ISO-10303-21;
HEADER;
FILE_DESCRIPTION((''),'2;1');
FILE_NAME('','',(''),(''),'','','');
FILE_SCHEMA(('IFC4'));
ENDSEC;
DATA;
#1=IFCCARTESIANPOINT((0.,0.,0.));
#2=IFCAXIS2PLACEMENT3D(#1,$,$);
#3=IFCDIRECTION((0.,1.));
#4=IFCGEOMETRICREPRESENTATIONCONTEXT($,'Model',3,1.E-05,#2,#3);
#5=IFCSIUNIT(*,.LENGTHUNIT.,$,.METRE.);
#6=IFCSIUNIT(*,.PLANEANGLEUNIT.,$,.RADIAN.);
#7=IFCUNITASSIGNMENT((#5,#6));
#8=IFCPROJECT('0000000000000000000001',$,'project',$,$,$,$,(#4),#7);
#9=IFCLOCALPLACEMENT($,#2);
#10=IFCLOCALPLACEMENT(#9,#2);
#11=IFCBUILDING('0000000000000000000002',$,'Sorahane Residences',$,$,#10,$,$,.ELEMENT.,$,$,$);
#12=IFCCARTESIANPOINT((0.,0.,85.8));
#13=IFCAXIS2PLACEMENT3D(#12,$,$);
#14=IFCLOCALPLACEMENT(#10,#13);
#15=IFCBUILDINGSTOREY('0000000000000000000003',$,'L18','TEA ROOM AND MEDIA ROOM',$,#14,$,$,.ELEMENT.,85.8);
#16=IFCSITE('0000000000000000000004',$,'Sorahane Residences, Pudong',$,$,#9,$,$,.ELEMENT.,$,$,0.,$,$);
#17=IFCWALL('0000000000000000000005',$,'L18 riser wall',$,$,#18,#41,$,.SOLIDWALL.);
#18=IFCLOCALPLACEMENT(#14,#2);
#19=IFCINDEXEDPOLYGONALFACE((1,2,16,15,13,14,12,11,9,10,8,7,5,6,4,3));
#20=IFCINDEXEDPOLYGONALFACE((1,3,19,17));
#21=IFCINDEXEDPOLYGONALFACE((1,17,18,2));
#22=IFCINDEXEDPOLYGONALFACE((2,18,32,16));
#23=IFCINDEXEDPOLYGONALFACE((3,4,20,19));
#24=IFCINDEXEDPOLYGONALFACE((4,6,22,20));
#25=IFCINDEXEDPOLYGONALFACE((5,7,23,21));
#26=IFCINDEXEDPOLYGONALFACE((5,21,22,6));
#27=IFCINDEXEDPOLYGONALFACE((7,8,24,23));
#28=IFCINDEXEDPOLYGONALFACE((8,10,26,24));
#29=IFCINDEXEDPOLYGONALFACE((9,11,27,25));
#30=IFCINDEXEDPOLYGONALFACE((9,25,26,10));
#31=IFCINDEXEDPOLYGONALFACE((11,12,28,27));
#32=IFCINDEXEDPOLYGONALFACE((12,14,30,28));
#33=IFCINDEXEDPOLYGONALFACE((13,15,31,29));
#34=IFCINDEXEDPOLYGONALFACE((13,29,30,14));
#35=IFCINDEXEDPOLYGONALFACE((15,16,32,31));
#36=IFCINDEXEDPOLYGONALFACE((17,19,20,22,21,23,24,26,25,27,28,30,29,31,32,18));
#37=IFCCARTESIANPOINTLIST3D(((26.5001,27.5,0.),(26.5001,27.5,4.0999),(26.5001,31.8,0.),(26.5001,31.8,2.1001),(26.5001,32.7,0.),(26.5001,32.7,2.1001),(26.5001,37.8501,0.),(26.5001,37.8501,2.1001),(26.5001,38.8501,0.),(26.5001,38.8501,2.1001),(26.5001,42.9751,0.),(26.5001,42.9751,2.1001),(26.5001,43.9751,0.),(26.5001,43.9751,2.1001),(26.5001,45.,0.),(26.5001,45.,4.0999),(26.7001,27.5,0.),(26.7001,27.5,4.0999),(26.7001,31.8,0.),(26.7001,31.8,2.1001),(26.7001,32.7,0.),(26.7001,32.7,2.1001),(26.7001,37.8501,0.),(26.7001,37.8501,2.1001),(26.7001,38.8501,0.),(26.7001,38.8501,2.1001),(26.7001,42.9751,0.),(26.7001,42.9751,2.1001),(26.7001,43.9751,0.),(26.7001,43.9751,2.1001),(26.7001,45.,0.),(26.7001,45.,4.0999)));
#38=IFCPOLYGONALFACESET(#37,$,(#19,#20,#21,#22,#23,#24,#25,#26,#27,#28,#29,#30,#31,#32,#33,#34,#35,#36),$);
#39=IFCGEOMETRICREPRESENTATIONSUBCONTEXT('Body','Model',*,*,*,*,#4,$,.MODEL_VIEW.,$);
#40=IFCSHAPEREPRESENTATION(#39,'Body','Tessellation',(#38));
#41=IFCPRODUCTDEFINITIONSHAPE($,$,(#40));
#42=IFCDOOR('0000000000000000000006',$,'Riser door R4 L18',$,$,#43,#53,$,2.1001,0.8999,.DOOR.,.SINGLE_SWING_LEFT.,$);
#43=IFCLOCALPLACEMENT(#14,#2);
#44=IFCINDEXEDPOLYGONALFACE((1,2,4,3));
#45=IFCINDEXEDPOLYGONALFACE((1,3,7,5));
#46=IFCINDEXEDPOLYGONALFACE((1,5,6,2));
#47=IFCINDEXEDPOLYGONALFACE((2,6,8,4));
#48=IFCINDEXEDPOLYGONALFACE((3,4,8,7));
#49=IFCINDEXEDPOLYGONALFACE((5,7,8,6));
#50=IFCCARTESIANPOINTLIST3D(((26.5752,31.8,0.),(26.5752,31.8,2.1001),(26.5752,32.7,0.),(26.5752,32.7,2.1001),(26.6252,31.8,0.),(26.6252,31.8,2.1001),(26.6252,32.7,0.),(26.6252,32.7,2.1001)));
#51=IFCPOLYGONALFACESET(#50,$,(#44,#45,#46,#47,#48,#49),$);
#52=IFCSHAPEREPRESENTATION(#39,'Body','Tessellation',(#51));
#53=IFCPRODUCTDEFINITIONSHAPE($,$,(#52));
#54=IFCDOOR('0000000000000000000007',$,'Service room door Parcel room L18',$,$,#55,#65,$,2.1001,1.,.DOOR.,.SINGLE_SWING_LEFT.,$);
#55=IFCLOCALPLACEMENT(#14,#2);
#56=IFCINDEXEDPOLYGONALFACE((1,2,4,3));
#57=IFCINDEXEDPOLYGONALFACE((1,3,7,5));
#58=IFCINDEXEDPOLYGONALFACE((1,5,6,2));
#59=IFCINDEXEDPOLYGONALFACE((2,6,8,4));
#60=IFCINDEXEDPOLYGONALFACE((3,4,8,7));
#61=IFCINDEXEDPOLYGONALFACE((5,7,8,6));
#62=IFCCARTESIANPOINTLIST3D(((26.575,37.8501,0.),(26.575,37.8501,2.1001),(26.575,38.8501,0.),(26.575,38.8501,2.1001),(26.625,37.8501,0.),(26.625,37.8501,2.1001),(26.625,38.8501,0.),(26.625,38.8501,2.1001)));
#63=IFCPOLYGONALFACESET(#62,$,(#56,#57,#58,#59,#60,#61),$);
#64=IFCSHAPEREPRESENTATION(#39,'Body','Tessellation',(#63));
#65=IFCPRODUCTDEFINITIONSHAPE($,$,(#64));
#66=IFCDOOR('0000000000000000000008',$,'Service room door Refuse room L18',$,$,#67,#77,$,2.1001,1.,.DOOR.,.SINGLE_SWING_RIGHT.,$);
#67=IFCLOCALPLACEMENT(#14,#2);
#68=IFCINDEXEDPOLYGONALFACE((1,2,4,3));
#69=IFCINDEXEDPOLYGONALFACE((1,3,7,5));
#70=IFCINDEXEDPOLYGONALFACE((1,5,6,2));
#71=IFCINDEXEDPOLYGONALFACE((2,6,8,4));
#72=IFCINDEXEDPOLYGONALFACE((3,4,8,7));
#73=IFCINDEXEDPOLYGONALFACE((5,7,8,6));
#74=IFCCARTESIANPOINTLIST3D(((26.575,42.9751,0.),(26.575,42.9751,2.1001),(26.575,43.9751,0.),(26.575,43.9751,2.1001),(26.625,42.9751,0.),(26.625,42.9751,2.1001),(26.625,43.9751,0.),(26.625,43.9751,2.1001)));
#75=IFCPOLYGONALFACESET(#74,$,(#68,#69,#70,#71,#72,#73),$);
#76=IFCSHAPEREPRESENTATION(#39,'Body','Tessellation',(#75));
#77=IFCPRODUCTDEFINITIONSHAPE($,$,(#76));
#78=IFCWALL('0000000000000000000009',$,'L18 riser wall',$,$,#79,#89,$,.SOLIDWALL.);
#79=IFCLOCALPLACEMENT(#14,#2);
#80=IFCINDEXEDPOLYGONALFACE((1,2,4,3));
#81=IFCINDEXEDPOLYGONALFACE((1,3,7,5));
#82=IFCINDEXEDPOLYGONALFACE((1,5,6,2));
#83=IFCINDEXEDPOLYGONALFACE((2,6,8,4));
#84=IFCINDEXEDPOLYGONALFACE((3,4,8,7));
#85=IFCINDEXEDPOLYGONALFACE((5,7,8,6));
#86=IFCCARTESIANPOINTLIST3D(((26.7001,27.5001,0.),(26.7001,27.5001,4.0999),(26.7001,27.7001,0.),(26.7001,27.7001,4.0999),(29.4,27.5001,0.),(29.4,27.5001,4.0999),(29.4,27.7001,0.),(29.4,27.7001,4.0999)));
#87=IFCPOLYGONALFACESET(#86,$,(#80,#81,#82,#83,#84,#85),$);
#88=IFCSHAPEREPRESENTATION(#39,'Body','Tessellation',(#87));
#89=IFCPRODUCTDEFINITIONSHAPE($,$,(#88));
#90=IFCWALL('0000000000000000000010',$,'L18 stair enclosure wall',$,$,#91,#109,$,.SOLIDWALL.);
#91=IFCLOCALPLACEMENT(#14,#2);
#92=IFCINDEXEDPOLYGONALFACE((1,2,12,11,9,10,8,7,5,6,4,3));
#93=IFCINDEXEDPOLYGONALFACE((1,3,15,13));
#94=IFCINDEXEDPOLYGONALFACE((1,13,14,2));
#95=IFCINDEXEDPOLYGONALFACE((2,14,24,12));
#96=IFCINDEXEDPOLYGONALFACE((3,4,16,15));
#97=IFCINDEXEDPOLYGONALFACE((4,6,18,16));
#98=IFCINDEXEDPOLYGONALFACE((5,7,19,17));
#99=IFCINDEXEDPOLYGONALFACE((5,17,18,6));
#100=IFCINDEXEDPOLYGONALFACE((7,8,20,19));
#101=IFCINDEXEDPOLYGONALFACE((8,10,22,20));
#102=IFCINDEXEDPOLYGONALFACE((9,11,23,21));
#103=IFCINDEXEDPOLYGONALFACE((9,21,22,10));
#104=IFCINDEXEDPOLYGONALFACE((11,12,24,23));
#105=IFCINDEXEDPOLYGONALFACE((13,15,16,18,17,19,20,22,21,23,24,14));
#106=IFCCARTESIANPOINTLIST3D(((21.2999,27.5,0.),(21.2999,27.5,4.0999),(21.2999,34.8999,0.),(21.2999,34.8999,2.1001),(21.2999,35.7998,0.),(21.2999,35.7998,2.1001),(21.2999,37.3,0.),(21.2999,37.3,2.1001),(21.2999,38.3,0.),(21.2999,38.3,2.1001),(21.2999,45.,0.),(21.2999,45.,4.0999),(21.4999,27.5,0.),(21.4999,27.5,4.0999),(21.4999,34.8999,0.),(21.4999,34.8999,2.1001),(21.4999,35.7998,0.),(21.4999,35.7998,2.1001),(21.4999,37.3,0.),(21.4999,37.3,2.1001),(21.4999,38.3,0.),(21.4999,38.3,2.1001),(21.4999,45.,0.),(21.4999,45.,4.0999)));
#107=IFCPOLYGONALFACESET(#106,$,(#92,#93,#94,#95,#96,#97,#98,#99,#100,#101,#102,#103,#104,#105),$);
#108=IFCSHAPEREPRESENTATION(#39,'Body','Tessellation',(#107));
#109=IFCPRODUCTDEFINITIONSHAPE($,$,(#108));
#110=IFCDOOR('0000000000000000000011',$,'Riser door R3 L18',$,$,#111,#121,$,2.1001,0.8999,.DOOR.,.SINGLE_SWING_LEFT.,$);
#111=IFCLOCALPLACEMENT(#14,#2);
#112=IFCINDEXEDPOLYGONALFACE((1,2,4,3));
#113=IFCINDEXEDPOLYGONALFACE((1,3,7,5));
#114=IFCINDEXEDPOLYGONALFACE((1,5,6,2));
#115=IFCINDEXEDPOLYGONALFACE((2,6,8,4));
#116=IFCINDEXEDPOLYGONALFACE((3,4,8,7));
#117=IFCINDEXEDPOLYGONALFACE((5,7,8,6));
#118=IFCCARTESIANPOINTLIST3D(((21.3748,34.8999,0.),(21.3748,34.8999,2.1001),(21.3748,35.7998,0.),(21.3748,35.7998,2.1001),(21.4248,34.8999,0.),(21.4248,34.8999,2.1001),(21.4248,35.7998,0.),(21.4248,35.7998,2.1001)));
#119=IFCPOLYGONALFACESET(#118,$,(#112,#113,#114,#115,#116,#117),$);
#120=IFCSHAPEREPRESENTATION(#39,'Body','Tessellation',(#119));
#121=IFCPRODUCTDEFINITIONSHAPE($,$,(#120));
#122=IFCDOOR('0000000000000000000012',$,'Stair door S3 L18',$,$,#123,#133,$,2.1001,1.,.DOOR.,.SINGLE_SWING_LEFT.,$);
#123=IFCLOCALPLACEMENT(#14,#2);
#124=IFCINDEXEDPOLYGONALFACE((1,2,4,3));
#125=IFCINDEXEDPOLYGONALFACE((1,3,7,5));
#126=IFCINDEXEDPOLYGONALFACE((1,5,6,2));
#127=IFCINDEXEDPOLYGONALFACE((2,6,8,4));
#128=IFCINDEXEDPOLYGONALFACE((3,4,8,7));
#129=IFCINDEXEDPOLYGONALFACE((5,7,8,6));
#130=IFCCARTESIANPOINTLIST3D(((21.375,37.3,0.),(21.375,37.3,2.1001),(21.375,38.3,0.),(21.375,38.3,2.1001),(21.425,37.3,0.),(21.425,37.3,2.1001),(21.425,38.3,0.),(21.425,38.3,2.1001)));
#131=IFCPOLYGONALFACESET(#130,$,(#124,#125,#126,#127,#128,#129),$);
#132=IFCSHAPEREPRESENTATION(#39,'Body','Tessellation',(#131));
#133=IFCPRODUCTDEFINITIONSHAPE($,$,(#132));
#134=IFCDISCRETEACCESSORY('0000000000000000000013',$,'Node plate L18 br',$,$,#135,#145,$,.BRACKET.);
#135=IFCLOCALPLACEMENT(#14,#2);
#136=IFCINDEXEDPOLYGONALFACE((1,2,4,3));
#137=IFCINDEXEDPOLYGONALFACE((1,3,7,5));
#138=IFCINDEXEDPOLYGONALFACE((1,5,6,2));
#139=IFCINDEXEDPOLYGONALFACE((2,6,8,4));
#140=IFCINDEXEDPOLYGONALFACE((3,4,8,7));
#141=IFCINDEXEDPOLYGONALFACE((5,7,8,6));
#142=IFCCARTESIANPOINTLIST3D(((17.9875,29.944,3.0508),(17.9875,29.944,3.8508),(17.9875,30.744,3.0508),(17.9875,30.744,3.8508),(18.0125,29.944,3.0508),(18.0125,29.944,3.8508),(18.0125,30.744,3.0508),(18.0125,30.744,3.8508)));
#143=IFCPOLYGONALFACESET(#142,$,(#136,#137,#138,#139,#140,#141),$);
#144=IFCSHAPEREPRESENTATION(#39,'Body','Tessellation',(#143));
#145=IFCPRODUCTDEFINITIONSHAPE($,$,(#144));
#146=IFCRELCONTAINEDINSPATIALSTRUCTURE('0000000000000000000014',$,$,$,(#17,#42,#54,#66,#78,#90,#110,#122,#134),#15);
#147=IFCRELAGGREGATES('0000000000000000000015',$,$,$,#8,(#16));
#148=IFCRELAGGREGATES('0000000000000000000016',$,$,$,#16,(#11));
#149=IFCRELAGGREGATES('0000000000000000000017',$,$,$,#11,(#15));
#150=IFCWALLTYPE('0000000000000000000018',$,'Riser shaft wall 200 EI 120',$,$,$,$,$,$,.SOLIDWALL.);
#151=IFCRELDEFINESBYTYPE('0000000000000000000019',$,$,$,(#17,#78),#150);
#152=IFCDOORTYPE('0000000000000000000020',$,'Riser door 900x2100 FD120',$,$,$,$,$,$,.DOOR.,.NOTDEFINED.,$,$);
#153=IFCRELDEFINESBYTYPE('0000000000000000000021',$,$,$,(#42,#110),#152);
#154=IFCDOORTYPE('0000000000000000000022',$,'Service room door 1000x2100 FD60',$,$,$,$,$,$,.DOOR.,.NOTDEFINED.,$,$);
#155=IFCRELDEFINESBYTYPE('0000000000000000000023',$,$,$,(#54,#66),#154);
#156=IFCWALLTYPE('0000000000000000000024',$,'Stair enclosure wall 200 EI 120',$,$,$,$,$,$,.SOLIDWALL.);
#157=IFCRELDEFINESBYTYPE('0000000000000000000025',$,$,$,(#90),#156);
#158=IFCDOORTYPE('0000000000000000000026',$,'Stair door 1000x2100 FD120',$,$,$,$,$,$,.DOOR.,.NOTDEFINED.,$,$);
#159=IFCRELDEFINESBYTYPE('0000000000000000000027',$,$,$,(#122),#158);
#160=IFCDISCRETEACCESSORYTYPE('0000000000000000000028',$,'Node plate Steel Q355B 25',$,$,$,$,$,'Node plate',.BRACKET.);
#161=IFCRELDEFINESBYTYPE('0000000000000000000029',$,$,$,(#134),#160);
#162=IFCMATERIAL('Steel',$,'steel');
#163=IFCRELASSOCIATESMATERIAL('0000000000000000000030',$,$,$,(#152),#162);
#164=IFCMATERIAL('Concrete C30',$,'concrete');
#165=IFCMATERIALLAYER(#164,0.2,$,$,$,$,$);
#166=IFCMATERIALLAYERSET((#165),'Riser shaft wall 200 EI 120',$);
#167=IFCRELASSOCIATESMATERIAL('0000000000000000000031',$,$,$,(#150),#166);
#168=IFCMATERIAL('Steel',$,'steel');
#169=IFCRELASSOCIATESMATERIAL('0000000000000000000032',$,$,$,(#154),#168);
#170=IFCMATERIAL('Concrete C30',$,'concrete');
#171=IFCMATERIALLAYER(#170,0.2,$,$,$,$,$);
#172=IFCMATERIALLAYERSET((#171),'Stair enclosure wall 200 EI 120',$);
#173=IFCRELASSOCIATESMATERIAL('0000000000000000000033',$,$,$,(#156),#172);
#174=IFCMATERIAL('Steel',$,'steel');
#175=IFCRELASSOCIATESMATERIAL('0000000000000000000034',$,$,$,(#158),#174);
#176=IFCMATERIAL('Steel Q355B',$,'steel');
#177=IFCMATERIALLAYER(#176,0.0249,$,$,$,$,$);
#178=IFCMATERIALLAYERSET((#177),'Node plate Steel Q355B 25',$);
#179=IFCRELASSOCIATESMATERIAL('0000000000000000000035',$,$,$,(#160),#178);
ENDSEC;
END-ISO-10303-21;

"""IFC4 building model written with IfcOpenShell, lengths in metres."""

from ifc_helpers import new_model, si_unit, direction, frame, frame_2d, origin, origin_2d, place, context, subcontext, project, spatial, rectangle, extrude, material, layer, layer_set, type_object, element, fill, save


model = new_model("IFC4")

# Units and contexts
model_context = context("Model", 3, precision=1e-05, world=origin(), true_north=direction((0.0, 1.0)))
body_context = subcontext(model_context, "Body", "Model", "MODEL_VIEW")
ifc_project = project(units=[si_unit("LENGTHUNIT", "METRE"), si_unit("PLANEANGLEUNIT", "RADIAN")], contexts=[model_context])

# Site, building, storey
site_placement = place(None, origin())
site = spatial("IfcSite", under=ifc_project, at=site_placement, Name="Sorahane Residences, Pudong", CompositionType="ELEMENT", RefElevation=0.0)
building_placement = place(site_placement, origin())
building = spatial("IfcBuilding", under=site, at=building_placement, Name="Sorahane Residences", CompositionType="ELEMENT")
storey_placement = place(building_placement, frame((0.0, 0.0, 85.8)))
storey = spatial("IfcBuildingStorey", under=building, at=storey_placement, Name="L18", Description="TEA ROOM AND MEDIA ROOM", CompositionType="ELEMENT", Elevation=85.8)

# Shared definitions
ifc_material_1 = material(Name="Steel", Category="steel")
door_type_1 = type_object("IfcDoorType", Name="Riser door 900x2100 FD120", OperationType="NOTDEFINED", PredefinedType="DOOR", material=ifc_material_1)

# Wall, openings, doors
ifc_material_2 = material(Name="Concrete C30", Category="concrete")
ifc_layer_1 = layer(ifc_material_2, 0.2)
ifc_layer_set_1 = layer_set([ifc_layer_1], Name="Riser shaft wall 200 EI 120")
wall_type_1 = type_object("IfcWallType", Name="Riser shaft wall 200 EI 120", PredefinedType="SOLIDWALL", material=ifc_layer_set_1)
wall_1_placement = place(storey_placement, frame((26.6001, 27.5, 0.0), z_axis=(0.0, 0.0, 1.0), x_axis=(0.0, 1.0, 0.0)))
wall_1 = element("IfcWall", 1, at=wall_1_placement, inside=storey, type_object=wall_type_1, Name="L18 riser wall", PredefinedType="SOLIDWALL", context=body_context, shape_type="SweptSolid", body=[
    extrude(rectangle(XDim=17.5, YDim=0.2, at=frame_2d((8.75, 0.0))), origin(), (0.0, 0.0, 1.0), 4.0999),
])
opening_1_placement = place(wall_1_placement, frame((4.3, 0.0, 0.0)))
opening_1 = element("IfcOpeningElement", 2, at=opening_1_placement, cuts=wall_1, PredefinedType="OPENING", context=body_context, shape_type="SweptSolid", body=[
    extrude(rectangle(XDim=0.8999, YDim=2.1001, at=frame_2d((0.45, 1.05))), frame((0.0, 0.1099, 0.0), z_axis=(0.0, -1.0, 0.0), x_axis=(1.0, 0.0, 0.0)), (0.0, 0.0, 1.0), 0.22),
])
opening_2_placement = place(wall_1_placement, frame((10.3501, 0.0, 0.0)))
opening_2 = element("IfcOpeningElement", 3, at=opening_2_placement, cuts=wall_1, PredefinedType="OPENING", context=body_context, shape_type="SweptSolid", body=[
    extrude(rectangle(XDim=1.0, YDim=2.1001, at=frame_2d((0.5, 1.05))), frame((0.0, 0.1099, 0.0), z_axis=(0.0, -1.0, 0.0), x_axis=(1.0, 0.0, 0.0)), (0.0, 0.0, 1.0), 0.22),
])
opening_3_placement = place(wall_1_placement, frame((15.4751, 0.0, 0.0)))
opening_3 = element("IfcOpeningElement", 4, at=opening_3_placement, cuts=wall_1, PredefinedType="OPENING", context=body_context, shape_type="SweptSolid", body=[
    extrude(rectangle(XDim=1.0, YDim=2.1001, at=frame_2d((0.5, 1.05))), frame((0.0, 0.1099, 0.0), z_axis=(0.0, -1.0, 0.0), x_axis=(1.0, 0.0, 0.0)), (0.0, 0.0, 1.0), 0.22),
])
door_1_placement = place(opening_1_placement, origin())
door_1 = element("IfcDoor", 5, at=door_1_placement, inside=storey, type_object=door_type_1, Name="Riser door R4 L18", OperationType="SINGLE_SWING_LEFT", OverallHeight=2.1001, OverallWidth=0.8999, PredefinedType="DOOR", context=body_context, shape_type="SweptSolid", body=[
    extrude(rectangle(XDim=0.8999, YDim=2.1001, at=frame_2d((0.45, 1.05))), frame((0.0, 0.0249, 0.0), z_axis=(0.0, -1.0, 0.0), x_axis=(1.0, 0.0, 0.0)), (0.0, 0.0, 1.0), 0.05),
])
fill(opening_1, door_1)
ifc_material_3 = material(Name="Steel", Category="steel")
door_type_2 = type_object("IfcDoorType", Name="Service room door 1000x2100 FD60", OperationType="NOTDEFINED", PredefinedType="DOOR", material=ifc_material_3)
door_2_placement = place(opening_2_placement, frame((1.0, 0.0, 0.0), z_axis=(0.0, 0.0, 1.0), x_axis=(-1.0, 0.0, 0.0)))
door_2 = element("IfcDoor", 6, at=door_2_placement, inside=storey, type_object=door_type_2, Name="Service room door Parcel room L18", OperationType="SINGLE_SWING_LEFT", OverallHeight=2.1001, OverallWidth=1.0, PredefinedType="DOOR", context=body_context, shape_type="SweptSolid", body=[
    extrude(rectangle(XDim=1.0, YDim=2.1001, at=frame_2d((0.5, 1.05))), frame((0.0, 0.0249, 0.0), z_axis=(0.0, -1.0, 0.0), x_axis=(1.0, 0.0, 0.0)), (0.0, 0.0, 1.0), 0.05),
])
fill(opening_2, door_2)
door_3_placement = place(opening_3_placement, frame((1.0, 0.0, 0.0), z_axis=(0.0, 0.0, 1.0), x_axis=(-1.0, 0.0, 0.0)))
door_3 = element("IfcDoor", 7, at=door_3_placement, inside=storey, type_object=door_type_2, Name="Service room door Refuse room L18", OperationType="SINGLE_SWING_RIGHT", OverallHeight=2.1001, OverallWidth=1.0, PredefinedType="DOOR", context=body_context, shape_type="SweptSolid", body=[
    extrude(rectangle(XDim=1.0, YDim=2.1001, at=frame_2d((0.5, 1.05))), frame((0.0, 0.0249, 0.0), z_axis=(0.0, -1.0, 0.0), x_axis=(1.0, 0.0, 0.0)), (0.0, 0.0, 1.0), 0.05),
])
fill(opening_3, door_3)

# Wall
wall_2_placement = place(storey_placement, frame((26.7, 27.6001, 0.0), z_axis=(0.0, 0.0, 1.0), x_axis=(1.0, 0.0, 0.0)))
element("IfcWall", 8, at=wall_2_placement, inside=storey, type_object=wall_type_1, Name="L18 riser wall", PredefinedType="SOLIDWALL", context=body_context, shape_type="SweptSolid", body=[
    extrude(rectangle(XDim=2.7, YDim=0.2, at=frame_2d((1.3501, 0.0))), origin(), (0.0, 0.0, 1.0), 4.0999),
])

# Wall, openings, doors
ifc_material_4 = material(Name="Concrete C30", Category="concrete")
ifc_layer_2 = layer(ifc_material_4, 0.2)
ifc_layer_set_2 = layer_set([ifc_layer_2], Name="Stair enclosure wall 200 EI 120")
wall_type_2 = type_object("IfcWallType", Name="Stair enclosure wall 200 EI 120", PredefinedType="SOLIDWALL", material=ifc_layer_set_2)
wall_3_placement = place(storey_placement, frame((21.3999, 27.5, 0.0), z_axis=(0.0, 0.0, 1.0), x_axis=(0.0, 1.0, 0.0)))
wall_3 = element("IfcWall", 9, at=wall_3_placement, inside=storey, type_object=wall_type_2, Name="L18 stair enclosure wall", PredefinedType="SOLIDWALL", context=body_context, shape_type="SweptSolid", body=[
    extrude(rectangle(XDim=17.5, YDim=0.2, at=frame_2d((8.75, 0.0))), origin(), (0.0, 0.0, 1.0), 4.0999),
])
opening_4_placement = place(wall_3_placement, frame((9.8, 0.0, 0.0)))
opening_4 = element("IfcOpeningElement", 10, at=opening_4_placement, cuts=wall_3, PredefinedType="OPENING", context=body_context, shape_type="SweptSolid", body=[
    extrude(rectangle(XDim=1.0, YDim=2.1001, at=frame_2d((0.5, 1.05))), frame((0.0, 0.1099, 0.0), z_axis=(0.0, -1.0, 0.0), x_axis=(1.0, 0.0, 0.0)), (0.0, 0.0, 1.0), 0.22),
])
opening_5_placement = place(wall_3_placement, frame((7.3999, 0.0, 0.0)))
opening_5 = element("IfcOpeningElement", 11, at=opening_5_placement, cuts=wall_3, PredefinedType="OPENING", context=body_context, shape_type="SweptSolid", body=[
    extrude(rectangle(XDim=0.8999, YDim=2.1001, at=frame_2d((0.45, 1.05))), frame((0.0, 0.1099, 0.0), z_axis=(0.0, -1.0, 0.0), x_axis=(1.0, 0.0, 0.0)), (0.0, 0.0, 1.0), 0.22),
])
door_4_placement = place(opening_5_placement, frame((0.8999, 0.0, 0.0), z_axis=(0.0, 0.0, 1.0), x_axis=(-1.0, 0.0, 0.0)))
door_4 = element("IfcDoor", 12, at=door_4_placement, inside=storey, type_object=door_type_1, Name="Riser door R3 L18", OperationType="SINGLE_SWING_LEFT", OverallHeight=2.1001, OverallWidth=0.8999, PredefinedType="DOOR", context=body_context, shape_type="SweptSolid", body=[
    extrude(rectangle(XDim=0.8999, YDim=2.1001, at=frame_2d((0.45, 1.05))), frame((0.0, 0.0249, 0.0), z_axis=(0.0, -1.0, 0.0), x_axis=(1.0, 0.0, 0.0)), (0.0, 0.0, 1.0), 0.05),
])
fill(opening_5, door_4)
ifc_material_5 = material(Name="Steel", Category="steel")
door_type_3 = type_object("IfcDoorType", Name="Stair door 1000x2100 FD120", OperationType="NOTDEFINED", PredefinedType="DOOR", material=ifc_material_5)
door_5_placement = place(opening_4_placement, origin())
door_5 = element("IfcDoor", 13, at=door_5_placement, inside=storey, type_object=door_type_3, Name="Stair door S3 L18", OperationType="SINGLE_SWING_LEFT", OverallHeight=2.1001, OverallWidth=1.0, PredefinedType="DOOR", context=body_context, shape_type="SweptSolid", body=[
    extrude(rectangle(XDim=1.0, YDim=2.1001, at=frame_2d((0.5, 1.05))), frame((0.0, 0.0249, 0.0), z_axis=(0.0, -1.0, 0.0), x_axis=(1.0, 0.0, 0.0)), (0.0, 0.0, 1.0), 0.05),
])
fill(opening_4, door_5)

# Discrete accessory
ifc_material_6 = material(Name="Steel Q355B", Category="steel")
ifc_layer_3 = layer(ifc_material_6, 0.0249)
ifc_layer_set_3 = layer_set([ifc_layer_3], Name="Node plate Steel Q355B 25")
discrete_accessory_type = type_object("IfcDiscreteAccessoryType", Name="Node plate Steel Q355B 25", ElementType="Node plate", PredefinedType="BRACKET", material=ifc_layer_set_3)
discrete_accessory_placement = place(storey_placement, frame((18.0, 30.344, 3.0508), z_axis=(0.0, 0.0, 1.0), x_axis=(0.0, 1.0, 0.0)))
element("IfcDiscreteAccessory", 14, at=discrete_accessory_placement, inside=storey, type_object=discrete_accessory_type, Name="Node plate L18 br", PredefinedType="BRACKET", context=body_context, shape_type="SweptSolid", body=[
    extrude(rectangle(XDim=0.8, YDim=0.0249, at=origin_2d()), origin(), (0.0, 0.0, 1.0), 0.8),
])

save(model, "model.ifc")
